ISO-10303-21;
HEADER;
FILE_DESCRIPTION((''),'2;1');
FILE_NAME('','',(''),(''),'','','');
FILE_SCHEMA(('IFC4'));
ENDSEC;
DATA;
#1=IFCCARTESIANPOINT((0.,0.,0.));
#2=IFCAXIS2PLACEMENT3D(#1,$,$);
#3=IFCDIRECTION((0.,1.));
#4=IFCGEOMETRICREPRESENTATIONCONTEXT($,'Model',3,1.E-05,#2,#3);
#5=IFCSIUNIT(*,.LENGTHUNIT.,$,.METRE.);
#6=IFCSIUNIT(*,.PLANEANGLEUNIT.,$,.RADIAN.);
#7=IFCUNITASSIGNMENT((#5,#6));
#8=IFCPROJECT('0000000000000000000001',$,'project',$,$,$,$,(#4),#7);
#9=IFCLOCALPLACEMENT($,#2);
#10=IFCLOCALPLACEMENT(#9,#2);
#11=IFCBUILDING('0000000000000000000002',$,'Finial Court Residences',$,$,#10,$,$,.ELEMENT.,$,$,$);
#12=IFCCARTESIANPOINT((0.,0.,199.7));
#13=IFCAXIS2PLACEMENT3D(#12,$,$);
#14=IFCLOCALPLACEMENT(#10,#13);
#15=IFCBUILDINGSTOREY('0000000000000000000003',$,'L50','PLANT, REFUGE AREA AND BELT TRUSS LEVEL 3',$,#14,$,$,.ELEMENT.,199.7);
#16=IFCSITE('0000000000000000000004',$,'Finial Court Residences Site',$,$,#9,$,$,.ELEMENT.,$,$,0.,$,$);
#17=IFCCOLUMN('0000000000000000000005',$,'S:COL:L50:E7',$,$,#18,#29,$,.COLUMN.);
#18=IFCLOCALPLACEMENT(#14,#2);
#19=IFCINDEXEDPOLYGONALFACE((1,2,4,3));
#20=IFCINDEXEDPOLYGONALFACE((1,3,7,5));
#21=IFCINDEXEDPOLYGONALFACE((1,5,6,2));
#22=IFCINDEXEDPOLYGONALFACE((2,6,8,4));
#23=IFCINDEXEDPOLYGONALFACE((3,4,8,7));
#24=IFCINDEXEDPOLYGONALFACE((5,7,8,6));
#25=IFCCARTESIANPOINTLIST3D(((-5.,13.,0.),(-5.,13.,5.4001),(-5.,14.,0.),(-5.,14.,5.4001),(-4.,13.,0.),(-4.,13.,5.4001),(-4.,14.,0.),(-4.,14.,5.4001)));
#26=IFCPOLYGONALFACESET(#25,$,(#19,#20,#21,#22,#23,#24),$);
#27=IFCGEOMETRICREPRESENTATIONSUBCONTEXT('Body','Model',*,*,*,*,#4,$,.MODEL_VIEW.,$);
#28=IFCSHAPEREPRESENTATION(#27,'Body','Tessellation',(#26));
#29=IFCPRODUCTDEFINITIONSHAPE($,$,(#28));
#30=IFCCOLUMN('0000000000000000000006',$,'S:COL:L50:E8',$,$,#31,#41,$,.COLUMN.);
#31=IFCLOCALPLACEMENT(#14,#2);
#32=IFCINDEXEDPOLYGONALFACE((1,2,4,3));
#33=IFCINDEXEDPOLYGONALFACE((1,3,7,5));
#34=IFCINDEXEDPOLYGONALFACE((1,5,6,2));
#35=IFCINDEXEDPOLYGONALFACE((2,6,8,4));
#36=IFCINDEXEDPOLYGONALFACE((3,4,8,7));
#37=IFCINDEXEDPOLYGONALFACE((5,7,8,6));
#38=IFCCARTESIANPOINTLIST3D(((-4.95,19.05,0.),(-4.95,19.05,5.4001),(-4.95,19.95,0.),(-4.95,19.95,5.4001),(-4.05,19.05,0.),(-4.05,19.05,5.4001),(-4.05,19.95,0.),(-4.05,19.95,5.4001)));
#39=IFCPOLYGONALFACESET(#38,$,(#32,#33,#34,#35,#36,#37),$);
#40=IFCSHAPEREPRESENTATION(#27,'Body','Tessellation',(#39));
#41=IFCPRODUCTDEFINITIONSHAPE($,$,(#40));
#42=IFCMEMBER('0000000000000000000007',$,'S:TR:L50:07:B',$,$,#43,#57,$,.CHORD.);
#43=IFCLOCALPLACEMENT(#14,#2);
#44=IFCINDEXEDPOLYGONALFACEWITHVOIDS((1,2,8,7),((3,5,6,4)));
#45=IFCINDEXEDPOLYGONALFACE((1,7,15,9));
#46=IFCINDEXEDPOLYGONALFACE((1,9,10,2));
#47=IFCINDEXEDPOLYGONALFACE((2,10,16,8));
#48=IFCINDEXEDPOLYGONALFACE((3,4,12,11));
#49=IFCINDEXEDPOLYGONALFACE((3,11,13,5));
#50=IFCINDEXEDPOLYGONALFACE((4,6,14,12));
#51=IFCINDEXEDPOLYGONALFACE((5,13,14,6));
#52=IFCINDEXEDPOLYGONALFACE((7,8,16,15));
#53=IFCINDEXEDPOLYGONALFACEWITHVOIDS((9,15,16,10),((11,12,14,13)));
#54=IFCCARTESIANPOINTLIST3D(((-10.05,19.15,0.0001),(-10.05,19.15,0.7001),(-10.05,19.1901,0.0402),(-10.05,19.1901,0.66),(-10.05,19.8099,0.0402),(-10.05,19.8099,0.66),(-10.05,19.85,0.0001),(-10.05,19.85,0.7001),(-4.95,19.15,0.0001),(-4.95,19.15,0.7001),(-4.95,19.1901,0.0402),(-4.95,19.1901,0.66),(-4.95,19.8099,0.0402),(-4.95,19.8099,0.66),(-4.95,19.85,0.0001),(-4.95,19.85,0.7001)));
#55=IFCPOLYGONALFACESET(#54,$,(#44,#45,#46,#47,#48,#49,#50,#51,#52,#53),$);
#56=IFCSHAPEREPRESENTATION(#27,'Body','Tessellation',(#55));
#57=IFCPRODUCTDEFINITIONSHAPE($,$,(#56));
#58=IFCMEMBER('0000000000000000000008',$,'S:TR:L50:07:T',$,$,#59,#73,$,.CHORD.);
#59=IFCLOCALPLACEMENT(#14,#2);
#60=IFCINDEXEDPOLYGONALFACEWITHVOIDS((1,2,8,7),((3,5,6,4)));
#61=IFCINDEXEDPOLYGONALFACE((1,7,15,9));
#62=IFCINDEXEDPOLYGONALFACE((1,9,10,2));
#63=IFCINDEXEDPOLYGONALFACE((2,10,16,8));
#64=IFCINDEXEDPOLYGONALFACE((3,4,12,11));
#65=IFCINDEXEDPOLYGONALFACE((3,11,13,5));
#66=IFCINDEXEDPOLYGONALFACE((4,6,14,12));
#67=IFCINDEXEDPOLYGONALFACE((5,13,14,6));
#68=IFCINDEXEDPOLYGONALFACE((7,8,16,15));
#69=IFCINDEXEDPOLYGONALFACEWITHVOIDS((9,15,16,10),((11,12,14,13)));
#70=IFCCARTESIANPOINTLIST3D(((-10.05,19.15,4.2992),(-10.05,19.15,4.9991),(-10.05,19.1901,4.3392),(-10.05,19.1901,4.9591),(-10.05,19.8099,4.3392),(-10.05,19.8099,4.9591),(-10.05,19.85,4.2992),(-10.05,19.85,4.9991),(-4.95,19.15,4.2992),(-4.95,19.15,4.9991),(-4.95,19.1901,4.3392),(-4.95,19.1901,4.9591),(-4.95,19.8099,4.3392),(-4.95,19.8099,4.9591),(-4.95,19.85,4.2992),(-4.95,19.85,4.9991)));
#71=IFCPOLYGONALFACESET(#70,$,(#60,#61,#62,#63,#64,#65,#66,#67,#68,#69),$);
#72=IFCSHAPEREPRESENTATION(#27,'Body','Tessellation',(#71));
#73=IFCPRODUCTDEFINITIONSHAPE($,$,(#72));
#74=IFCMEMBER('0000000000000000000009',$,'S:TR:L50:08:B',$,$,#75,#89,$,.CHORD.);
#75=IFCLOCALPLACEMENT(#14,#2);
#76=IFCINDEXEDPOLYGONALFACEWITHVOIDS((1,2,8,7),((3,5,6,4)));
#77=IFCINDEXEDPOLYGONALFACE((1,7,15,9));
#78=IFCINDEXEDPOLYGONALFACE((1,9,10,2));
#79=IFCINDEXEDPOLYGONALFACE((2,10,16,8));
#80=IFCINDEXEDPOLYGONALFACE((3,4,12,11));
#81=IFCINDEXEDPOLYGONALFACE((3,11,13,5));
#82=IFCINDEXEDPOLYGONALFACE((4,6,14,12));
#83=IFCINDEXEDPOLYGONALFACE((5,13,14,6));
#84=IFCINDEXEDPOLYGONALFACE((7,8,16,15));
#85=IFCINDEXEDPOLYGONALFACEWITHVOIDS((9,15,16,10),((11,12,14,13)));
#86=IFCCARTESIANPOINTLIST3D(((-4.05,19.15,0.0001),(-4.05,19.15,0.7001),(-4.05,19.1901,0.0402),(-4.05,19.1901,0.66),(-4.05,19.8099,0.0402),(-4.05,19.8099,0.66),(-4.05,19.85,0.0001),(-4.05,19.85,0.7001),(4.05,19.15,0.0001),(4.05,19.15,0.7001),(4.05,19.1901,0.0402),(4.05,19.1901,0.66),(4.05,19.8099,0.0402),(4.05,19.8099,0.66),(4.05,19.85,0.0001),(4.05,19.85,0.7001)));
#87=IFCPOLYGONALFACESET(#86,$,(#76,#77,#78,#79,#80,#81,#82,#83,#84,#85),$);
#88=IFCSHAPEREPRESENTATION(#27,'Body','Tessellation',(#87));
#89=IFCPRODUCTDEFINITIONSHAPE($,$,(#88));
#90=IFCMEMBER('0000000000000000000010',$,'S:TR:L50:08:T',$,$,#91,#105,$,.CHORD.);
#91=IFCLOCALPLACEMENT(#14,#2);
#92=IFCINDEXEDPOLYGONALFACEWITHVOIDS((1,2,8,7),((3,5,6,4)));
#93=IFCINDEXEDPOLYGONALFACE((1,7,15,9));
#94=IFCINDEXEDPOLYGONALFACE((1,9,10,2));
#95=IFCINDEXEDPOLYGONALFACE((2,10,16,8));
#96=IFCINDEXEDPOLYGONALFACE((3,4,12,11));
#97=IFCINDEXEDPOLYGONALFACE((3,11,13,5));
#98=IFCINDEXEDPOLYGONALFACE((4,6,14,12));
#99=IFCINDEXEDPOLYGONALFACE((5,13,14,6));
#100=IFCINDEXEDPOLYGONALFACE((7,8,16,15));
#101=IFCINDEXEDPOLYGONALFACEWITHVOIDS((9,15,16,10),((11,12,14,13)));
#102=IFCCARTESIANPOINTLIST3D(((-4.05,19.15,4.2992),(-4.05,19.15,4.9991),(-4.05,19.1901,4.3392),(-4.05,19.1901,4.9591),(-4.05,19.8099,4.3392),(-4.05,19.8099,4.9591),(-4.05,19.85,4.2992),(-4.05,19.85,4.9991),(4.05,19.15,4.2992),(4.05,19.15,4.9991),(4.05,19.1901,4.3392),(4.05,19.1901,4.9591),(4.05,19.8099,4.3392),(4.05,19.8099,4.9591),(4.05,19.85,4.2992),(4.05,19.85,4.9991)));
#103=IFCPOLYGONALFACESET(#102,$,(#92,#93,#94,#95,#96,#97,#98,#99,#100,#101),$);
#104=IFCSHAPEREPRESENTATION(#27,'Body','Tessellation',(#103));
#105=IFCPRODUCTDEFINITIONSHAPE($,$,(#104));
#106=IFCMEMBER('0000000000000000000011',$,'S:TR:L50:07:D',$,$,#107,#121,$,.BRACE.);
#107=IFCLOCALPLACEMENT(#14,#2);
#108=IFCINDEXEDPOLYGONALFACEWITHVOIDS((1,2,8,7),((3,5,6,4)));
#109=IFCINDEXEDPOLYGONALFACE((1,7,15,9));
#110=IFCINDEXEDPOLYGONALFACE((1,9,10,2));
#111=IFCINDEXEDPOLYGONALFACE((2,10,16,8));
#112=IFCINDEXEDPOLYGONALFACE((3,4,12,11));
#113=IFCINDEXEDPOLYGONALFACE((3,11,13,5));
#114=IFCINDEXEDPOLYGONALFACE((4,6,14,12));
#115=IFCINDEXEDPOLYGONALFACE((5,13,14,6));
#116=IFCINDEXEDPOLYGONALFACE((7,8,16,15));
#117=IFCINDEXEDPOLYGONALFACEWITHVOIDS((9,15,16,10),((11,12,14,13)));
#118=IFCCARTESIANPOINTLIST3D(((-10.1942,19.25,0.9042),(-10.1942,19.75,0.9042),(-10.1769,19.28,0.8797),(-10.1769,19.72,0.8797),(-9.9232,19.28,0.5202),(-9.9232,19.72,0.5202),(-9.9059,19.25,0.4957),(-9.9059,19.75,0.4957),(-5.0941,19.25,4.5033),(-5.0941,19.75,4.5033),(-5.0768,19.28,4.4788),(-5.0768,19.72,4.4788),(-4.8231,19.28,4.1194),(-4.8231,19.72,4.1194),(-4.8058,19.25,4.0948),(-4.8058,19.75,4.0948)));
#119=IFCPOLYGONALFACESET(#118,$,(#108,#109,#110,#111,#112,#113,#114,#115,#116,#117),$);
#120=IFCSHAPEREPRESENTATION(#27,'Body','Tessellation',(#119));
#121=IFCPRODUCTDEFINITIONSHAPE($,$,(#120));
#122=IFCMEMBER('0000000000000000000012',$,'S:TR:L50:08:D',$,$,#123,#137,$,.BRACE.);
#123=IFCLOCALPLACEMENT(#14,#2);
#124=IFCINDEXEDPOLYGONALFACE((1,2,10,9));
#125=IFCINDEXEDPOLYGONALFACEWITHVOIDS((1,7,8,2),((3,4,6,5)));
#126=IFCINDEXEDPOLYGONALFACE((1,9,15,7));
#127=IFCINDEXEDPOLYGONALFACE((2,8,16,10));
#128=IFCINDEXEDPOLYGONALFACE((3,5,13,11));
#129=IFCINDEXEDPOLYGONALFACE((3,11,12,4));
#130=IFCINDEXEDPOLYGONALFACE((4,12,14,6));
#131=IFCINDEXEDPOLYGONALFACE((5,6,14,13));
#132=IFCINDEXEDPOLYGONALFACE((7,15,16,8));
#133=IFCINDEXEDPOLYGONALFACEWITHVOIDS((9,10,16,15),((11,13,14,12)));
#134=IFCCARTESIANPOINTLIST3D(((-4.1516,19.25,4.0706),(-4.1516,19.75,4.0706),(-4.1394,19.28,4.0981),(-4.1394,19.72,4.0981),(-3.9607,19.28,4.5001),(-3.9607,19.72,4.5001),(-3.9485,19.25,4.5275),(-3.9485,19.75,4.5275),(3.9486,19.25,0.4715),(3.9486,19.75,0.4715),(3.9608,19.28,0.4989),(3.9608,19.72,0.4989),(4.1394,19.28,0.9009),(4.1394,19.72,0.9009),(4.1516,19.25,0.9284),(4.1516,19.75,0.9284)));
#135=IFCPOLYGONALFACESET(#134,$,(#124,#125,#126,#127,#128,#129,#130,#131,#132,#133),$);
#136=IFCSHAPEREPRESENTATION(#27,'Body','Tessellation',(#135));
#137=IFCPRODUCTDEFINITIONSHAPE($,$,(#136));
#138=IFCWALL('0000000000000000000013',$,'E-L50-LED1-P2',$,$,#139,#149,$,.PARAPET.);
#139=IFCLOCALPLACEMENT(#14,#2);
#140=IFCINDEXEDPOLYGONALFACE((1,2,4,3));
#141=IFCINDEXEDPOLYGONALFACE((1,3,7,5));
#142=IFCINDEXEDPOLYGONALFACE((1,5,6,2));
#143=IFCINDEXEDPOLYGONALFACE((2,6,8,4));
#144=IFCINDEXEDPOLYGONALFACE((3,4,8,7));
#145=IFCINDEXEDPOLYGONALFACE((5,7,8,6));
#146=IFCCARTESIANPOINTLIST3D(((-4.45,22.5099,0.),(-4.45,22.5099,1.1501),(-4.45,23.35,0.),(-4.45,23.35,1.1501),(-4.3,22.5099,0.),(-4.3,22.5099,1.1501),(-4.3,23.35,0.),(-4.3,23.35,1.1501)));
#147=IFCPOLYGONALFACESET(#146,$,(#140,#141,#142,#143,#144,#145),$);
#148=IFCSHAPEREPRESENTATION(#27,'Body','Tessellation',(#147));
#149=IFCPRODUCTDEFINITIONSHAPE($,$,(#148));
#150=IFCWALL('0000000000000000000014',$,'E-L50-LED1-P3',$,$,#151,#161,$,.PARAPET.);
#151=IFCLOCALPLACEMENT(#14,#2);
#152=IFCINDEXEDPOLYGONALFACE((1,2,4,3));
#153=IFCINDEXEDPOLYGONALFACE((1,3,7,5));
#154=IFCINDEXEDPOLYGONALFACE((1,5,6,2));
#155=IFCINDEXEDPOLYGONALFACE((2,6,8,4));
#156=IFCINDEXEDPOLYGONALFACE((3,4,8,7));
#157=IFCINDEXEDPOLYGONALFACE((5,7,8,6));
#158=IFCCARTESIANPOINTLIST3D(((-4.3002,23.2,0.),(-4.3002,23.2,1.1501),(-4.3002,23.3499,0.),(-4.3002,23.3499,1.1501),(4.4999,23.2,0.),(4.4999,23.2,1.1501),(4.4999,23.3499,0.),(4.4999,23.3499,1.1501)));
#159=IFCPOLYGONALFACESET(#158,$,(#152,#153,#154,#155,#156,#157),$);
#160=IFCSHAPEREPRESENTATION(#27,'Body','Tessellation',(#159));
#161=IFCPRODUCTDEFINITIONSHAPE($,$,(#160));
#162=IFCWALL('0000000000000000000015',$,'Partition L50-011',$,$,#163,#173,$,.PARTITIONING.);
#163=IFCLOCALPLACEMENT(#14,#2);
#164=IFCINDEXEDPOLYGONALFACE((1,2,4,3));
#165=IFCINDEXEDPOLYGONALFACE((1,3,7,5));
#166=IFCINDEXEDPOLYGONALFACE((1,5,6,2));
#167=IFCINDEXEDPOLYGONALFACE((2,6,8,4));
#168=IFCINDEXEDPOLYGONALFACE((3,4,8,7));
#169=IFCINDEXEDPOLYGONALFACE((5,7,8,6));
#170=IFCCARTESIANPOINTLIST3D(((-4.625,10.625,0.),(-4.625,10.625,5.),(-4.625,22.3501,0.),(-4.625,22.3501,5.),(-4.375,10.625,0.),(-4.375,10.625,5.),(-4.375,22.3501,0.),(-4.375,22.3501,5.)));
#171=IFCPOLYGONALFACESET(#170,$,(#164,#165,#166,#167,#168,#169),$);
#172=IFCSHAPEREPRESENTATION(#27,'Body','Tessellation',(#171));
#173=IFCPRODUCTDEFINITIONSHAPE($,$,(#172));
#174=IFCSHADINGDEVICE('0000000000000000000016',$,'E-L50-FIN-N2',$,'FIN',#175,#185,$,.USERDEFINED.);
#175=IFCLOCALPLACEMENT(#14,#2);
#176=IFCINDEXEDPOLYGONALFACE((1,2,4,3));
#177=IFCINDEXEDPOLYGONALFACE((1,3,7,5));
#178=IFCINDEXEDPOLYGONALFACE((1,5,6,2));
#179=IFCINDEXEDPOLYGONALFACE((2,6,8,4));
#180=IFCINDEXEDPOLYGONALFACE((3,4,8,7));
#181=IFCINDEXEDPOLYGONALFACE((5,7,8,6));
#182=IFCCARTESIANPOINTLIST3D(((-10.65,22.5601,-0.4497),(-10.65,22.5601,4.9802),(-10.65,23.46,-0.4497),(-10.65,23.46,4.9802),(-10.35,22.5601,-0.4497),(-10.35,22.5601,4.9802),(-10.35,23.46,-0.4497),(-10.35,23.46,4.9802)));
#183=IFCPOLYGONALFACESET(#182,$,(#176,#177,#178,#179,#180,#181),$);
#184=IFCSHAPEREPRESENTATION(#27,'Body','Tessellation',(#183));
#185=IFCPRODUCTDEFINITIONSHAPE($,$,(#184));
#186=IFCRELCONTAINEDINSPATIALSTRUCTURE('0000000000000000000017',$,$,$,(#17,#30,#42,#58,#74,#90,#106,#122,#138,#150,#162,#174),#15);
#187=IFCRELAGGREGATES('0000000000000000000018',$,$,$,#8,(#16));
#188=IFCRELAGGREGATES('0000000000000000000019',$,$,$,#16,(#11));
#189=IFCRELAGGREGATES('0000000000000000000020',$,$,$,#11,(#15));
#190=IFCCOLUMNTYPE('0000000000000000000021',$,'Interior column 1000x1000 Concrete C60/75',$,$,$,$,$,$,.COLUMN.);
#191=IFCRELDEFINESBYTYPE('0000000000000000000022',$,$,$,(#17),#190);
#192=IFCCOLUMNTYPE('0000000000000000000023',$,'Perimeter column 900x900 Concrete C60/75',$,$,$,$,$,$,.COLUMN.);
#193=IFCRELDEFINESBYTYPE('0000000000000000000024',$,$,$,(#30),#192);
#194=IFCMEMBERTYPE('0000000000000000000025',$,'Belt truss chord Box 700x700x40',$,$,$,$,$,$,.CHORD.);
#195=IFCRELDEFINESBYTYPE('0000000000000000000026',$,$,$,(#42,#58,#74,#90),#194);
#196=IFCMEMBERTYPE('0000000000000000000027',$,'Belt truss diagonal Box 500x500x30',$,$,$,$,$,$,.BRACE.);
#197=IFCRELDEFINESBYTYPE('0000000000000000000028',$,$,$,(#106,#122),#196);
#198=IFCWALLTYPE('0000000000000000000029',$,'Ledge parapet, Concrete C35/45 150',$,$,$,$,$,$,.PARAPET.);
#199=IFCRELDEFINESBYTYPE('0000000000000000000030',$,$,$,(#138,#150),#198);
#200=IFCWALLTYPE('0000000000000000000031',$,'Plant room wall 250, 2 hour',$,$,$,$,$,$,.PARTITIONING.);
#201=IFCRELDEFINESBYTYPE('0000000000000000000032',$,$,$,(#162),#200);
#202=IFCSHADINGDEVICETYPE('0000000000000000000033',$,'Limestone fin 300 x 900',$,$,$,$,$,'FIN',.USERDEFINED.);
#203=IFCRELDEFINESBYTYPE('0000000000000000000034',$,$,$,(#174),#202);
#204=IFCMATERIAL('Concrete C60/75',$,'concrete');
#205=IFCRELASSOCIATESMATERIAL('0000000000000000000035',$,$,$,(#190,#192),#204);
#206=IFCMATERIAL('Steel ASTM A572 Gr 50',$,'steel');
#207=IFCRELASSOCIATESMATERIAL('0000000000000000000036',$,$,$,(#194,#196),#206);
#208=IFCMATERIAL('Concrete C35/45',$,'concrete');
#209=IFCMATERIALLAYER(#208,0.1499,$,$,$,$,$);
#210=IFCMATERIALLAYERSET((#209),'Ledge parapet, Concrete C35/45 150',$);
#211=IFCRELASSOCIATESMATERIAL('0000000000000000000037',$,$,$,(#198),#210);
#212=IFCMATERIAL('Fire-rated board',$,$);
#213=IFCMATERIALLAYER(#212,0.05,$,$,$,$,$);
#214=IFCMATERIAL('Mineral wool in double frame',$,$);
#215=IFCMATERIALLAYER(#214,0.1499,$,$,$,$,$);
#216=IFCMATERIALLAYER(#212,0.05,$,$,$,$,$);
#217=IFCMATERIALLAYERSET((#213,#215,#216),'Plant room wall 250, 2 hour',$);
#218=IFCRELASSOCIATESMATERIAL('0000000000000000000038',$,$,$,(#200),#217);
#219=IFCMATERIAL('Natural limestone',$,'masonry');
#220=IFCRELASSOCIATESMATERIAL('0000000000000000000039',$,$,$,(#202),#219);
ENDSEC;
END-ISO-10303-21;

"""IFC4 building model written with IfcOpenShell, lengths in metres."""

from ifc_helpers import new_model, si_unit, direction, frame, frame_2d, origin, origin_2d, place, context, subcontext, project, spatial, rectangle, hollow_rectangle, extrude, material, layer, layer_set, material_profile, profile_set, type_object, element, save


model = new_model("IFC4")

# Units and contexts
model_context = context("Model", 3, precision=1e-05, world=origin(), true_north=direction((0.0, 1.0)))
body_context = subcontext(model_context, "Body", "Model", "MODEL_VIEW")
ifc_project = project(units=[si_unit("LENGTHUNIT", "METRE"), si_unit("PLANEANGLEUNIT", "RADIAN")], contexts=[model_context])

# Site, building, storey
site_placement = place(None, origin())
site = spatial("IfcSite", under=ifc_project, at=site_placement, Name="Finial Court Residences Site", CompositionType="ELEMENT", RefElevation=0.0)
building_placement = place(site_placement, origin())
building = spatial("IfcBuilding", under=site, at=building_placement, Name="Finial Court Residences", CompositionType="ELEMENT")
storey_placement = place(building_placement, frame((0.0, 0.0, 199.7)))
storey = spatial("IfcBuildingStorey", under=building, at=storey_placement, Name="L50", Description="PLANT, REFUGE AREA AND BELT TRUSS LEVEL 3", CompositionType="ELEMENT", Elevation=199.7)

# Columns
ifc_material_1 = material(Name="Concrete C60/75", Category="concrete")
ifc_material_profile_1 = material_profile(ifc_material_1, rectangle(XDim=1.0, YDim=1.0, at=origin_2d()), Name="1000x1000")
ifc_profile_set_1 = profile_set([ifc_material_profile_1], Name="Concrete C60/75")
column_type_1 = type_object("IfcColumnType", Name="Interior column 1000x1000 Concrete C60/75", PredefinedType="COLUMN", material=ifc_profile_set_1)
column_1_placement = place(storey_placement, frame((-4.5, 13.5, 0.0), z_axis=(0.0, 0.0, 1.0), x_axis=(1.0, 0.0, 0.0)))
element("IfcColumn", 1, at=column_1_placement, inside=storey, type_object=column_type_1, Name="S:COL:L50:E7", PredefinedType="COLUMN", context=body_context, shape_type="SweptSolid", body=[
    extrude(rectangle(XDim=1.0, YDim=1.0, at=origin_2d()), origin(), (0.0, 0.0, 1.0), 5.4001),
])
ifc_material_profile_2 = material_profile(ifc_material_1, rectangle(XDim=0.8999, YDim=0.8999, at=origin_2d()), Name="900x900")
ifc_profile_set_2 = profile_set([ifc_material_profile_2], Name="Concrete C60/75")
column_type_2 = type_object("IfcColumnType", Name="Perimeter column 900x900 Concrete C60/75", PredefinedType="COLUMN", material=ifc_profile_set_2)
column_2_placement = place(storey_placement, frame((-4.5, 19.5, 0.0), z_axis=(0.0, 0.0, 1.0), x_axis=(1.0, 0.0, 0.0)))
element("IfcColumn", 2, at=column_2_placement, inside=storey, type_object=column_type_2, Name="S:COL:L50:E8", PredefinedType="COLUMN", context=body_context, shape_type="SweptSolid", body=[
    extrude(rectangle(XDim=0.8999, YDim=0.8999, at=origin_2d()), origin(), (0.0, 0.0, 1.0), 5.4001),
])

# Members
ifc_material_2 = material(Name="Steel ASTM A572 Gr 50", Category="steel")
ifc_material_profile_3 = material_profile(ifc_material_2, hollow_rectangle(XDim=0.7, YDim=0.7, WallThickness=0.04, at=origin_2d()), Name="Box 700x700x40")
ifc_profile_set_3 = profile_set([ifc_material_profile_3], Name="Steel ASTM A572 Gr 50")
member_type_1 = type_object("IfcMemberType", Name="Belt truss chord Box 700x700x40", PredefinedType="CHORD", material=ifc_profile_set_3)
for number, where, z_axis, x_axis, name in (
    (3, (-10.05, 19.5, 0.3501), (1.0, 0.0, 0.0), (0.0, 1.0, 0.0), "S:TR:L50:07:B"),
    (4, (-10.05, 19.5, 4.6492), (1.0, 0.0, 0.0), (0.0, 1.0, 0.0), "S:TR:L50:07:T"),
):
    element("IfcMember", number, at=place(storey_placement, frame(where, z_axis=z_axis, x_axis=x_axis)), inside=storey, type_object=member_type_1, Name=name, PredefinedType="CHORD", context=body_context, shape_type="SweptSolid", body=[
        extrude(hollow_rectangle(XDim=0.7, YDim=0.7, WallThickness=0.04, at=origin_2d()), origin(), (0.0, 0.0, 1.0), 5.1001),
    ])
for number, where, z_axis, x_axis, name in (
    (5, (-4.05, 19.5, 0.3501), (1.0, 0.0, 0.0), (0.0, 1.0, 0.0), "S:TR:L50:08:B"),
    (6, (-4.05, 19.5, 4.6492), (1.0, 0.0, 0.0), (0.0, 1.0, 0.0), "S:TR:L50:08:T"),
):
    element("IfcMember", number, at=place(storey_placement, frame(where, z_axis=z_axis, x_axis=x_axis)), inside=storey, type_object=member_type_1, Name=name, PredefinedType="CHORD", context=body_context, shape_type="SweptSolid", body=[
        extrude(hollow_rectangle(XDim=0.7, YDim=0.7, WallThickness=0.04, at=origin_2d()), origin(), (0.0, 0.0, 1.0), 8.1001),
    ])
ifc_material_profile_4 = material_profile(ifc_material_2, hollow_rectangle(XDim=0.5, YDim=0.5, WallThickness=0.03, at=origin_2d()), Name="Box 500x500x30")
ifc_profile_set_4 = profile_set([ifc_material_profile_4], Name="Steel ASTM A572 Gr 50")
member_type_2 = type_object("IfcMemberType", Name="Belt truss diagonal Box 500x500x30", PredefinedType="BRACE", material=ifc_profile_set_4)
member_1_placement = place(storey_placement, frame((-10.05, 19.5, 0.7), z_axis=(0.817039, 0.0, 0.576582), x_axis=(0.0, 1.0, 0.0)))
element("IfcMember", 7, at=member_1_placement, inside=storey, type_object=member_type_2, Name="S:TR:L50:07:D", PredefinedType="BRACE", context=body_context, shape_type="SweptSolid", body=[
    extrude(hollow_rectangle(XDim=0.5, YDim=0.5, WallThickness=0.03, at=origin_2d()), origin(), (0.0, 0.0, 1.0), 6.2422),
])
member_2_placement = place(storey_placement, frame((-4.05, 19.5, 4.2991), z_axis=(0.91385, 0.0, -0.406052), x_axis=(0.0, 1.0, 0.0)))
element("IfcMember", 8, at=member_2_placement, inside=storey, type_object=member_type_2, Name="S:TR:L50:08:D", PredefinedType="BRACE", context=body_context, shape_type="SweptSolid", body=[
    extrude(hollow_rectangle(XDim=0.5, YDim=0.5, WallThickness=0.03, at=origin_2d()), origin(), (0.0, 0.0, 1.0), 8.8638),
])

# Walls
ifc_material_3 = material(Name="Concrete C35/45", Category="concrete")
ifc_layer_1 = layer(ifc_material_3, 0.1499)
ifc_layer_set_1 = layer_set([ifc_layer_1], Name="Ledge parapet, Concrete C35/45 150")
wall_type_1 = type_object("IfcWallType", Name="Ledge parapet, Concrete C35/45 150", PredefinedType="PARAPET", material=ifc_layer_set_1)
wall_1_placement = place(storey_placement, frame((-4.375, 22.51, 0.0), z_axis=(0.0, 0.0, 1.0), x_axis=(0.0, 1.0, 0.0)))
element("IfcWall", 9, at=wall_1_placement, inside=storey, type_object=wall_type_1, Name="E-L50-LED1-P2", PredefinedType="PARAPET", context=body_context, shape_type="SweptSolid", body=[
    extrude(rectangle(XDim=0.8401, YDim=0.1499, at=frame_2d((0.4199, 0.0))), origin(), (0.0, 0.0, 1.0), 1.1501),
])
wall_2_placement = place(storey_placement, frame((-4.3, 23.2749, 0.0), z_axis=(0.0, 0.0, 1.0), x_axis=(1.0, 0.0, 0.0)))
element("IfcWall", 10, at=wall_2_placement, inside=storey, type_object=wall_type_1, Name="E-L50-LED1-P3", PredefinedType="PARAPET", context=body_context, shape_type="SweptSolid", body=[
    extrude(rectangle(XDim=8.8, YDim=0.1499, at=frame_2d((4.3999, 0.0))), origin(), (0.0, 0.0, 1.0), 1.1501),
])
ifc_material_4 = material(Name="Fire-rated board")
ifc_layer_2 = layer(ifc_material_4, 0.05)
ifc_material_5 = material(Name="Mineral wool in double frame")
ifc_layer_3 = layer(ifc_material_5, 0.1499)
ifc_layer_4 = layer(ifc_material_4, 0.05)
ifc_layer_set_2 = layer_set([ifc_layer_2, ifc_layer_3, ifc_layer_4], Name="Plant room wall 250, 2 hour")
wall_type_2 = type_object("IfcWallType", Name="Plant room wall 250, 2 hour", PredefinedType="PARTITIONING", material=ifc_layer_set_2)
wall_3_placement = place(storey_placement, frame((-4.5, 10.625, 0.0), z_axis=(0.0, 0.0, 1.0), x_axis=(0.0, 1.0, 0.0)))
element("IfcWall", 11, at=wall_3_placement, inside=storey, type_object=wall_type_2, Name="Partition L50-011", PredefinedType="PARTITIONING", context=body_context, shape_type="SweptSolid", body=[
    extrude(rectangle(XDim=11.7251, YDim=0.25, at=frame_2d((5.8625, 0.0))), origin(), (0.0, 0.0, 1.0), 5.0),
])

# Shading device
ifc_material_6 = material(Name="Natural limestone", Category="masonry")
shading_device_type = type_object("IfcShadingDeviceType", Name="Limestone fin 300 x 900", ElementType="FIN", PredefinedType="USERDEFINED", material=ifc_material_6)
shading_device_1_placement = place(storey_placement, frame((-10.5, 23.01, -0.4497), z_axis=(0.0, 0.0, 1.0), x_axis=(1.0, 0.0, 0.0)))
element("IfcShadingDevice", 12, at=shading_device_1_placement, inside=storey, type_object=shading_device_type, Name="E-L50-FIN-N2", ObjectType="FIN", PredefinedType="USERDEFINED", context=body_context, shape_type="SweptSolid", body=[
    extrude(rectangle(XDim=0.3, YDim=0.8999, at=origin_2d()), origin(), (0.0, 0.0, 1.0), 5.4299),
])

save(model, "model.ifc")
